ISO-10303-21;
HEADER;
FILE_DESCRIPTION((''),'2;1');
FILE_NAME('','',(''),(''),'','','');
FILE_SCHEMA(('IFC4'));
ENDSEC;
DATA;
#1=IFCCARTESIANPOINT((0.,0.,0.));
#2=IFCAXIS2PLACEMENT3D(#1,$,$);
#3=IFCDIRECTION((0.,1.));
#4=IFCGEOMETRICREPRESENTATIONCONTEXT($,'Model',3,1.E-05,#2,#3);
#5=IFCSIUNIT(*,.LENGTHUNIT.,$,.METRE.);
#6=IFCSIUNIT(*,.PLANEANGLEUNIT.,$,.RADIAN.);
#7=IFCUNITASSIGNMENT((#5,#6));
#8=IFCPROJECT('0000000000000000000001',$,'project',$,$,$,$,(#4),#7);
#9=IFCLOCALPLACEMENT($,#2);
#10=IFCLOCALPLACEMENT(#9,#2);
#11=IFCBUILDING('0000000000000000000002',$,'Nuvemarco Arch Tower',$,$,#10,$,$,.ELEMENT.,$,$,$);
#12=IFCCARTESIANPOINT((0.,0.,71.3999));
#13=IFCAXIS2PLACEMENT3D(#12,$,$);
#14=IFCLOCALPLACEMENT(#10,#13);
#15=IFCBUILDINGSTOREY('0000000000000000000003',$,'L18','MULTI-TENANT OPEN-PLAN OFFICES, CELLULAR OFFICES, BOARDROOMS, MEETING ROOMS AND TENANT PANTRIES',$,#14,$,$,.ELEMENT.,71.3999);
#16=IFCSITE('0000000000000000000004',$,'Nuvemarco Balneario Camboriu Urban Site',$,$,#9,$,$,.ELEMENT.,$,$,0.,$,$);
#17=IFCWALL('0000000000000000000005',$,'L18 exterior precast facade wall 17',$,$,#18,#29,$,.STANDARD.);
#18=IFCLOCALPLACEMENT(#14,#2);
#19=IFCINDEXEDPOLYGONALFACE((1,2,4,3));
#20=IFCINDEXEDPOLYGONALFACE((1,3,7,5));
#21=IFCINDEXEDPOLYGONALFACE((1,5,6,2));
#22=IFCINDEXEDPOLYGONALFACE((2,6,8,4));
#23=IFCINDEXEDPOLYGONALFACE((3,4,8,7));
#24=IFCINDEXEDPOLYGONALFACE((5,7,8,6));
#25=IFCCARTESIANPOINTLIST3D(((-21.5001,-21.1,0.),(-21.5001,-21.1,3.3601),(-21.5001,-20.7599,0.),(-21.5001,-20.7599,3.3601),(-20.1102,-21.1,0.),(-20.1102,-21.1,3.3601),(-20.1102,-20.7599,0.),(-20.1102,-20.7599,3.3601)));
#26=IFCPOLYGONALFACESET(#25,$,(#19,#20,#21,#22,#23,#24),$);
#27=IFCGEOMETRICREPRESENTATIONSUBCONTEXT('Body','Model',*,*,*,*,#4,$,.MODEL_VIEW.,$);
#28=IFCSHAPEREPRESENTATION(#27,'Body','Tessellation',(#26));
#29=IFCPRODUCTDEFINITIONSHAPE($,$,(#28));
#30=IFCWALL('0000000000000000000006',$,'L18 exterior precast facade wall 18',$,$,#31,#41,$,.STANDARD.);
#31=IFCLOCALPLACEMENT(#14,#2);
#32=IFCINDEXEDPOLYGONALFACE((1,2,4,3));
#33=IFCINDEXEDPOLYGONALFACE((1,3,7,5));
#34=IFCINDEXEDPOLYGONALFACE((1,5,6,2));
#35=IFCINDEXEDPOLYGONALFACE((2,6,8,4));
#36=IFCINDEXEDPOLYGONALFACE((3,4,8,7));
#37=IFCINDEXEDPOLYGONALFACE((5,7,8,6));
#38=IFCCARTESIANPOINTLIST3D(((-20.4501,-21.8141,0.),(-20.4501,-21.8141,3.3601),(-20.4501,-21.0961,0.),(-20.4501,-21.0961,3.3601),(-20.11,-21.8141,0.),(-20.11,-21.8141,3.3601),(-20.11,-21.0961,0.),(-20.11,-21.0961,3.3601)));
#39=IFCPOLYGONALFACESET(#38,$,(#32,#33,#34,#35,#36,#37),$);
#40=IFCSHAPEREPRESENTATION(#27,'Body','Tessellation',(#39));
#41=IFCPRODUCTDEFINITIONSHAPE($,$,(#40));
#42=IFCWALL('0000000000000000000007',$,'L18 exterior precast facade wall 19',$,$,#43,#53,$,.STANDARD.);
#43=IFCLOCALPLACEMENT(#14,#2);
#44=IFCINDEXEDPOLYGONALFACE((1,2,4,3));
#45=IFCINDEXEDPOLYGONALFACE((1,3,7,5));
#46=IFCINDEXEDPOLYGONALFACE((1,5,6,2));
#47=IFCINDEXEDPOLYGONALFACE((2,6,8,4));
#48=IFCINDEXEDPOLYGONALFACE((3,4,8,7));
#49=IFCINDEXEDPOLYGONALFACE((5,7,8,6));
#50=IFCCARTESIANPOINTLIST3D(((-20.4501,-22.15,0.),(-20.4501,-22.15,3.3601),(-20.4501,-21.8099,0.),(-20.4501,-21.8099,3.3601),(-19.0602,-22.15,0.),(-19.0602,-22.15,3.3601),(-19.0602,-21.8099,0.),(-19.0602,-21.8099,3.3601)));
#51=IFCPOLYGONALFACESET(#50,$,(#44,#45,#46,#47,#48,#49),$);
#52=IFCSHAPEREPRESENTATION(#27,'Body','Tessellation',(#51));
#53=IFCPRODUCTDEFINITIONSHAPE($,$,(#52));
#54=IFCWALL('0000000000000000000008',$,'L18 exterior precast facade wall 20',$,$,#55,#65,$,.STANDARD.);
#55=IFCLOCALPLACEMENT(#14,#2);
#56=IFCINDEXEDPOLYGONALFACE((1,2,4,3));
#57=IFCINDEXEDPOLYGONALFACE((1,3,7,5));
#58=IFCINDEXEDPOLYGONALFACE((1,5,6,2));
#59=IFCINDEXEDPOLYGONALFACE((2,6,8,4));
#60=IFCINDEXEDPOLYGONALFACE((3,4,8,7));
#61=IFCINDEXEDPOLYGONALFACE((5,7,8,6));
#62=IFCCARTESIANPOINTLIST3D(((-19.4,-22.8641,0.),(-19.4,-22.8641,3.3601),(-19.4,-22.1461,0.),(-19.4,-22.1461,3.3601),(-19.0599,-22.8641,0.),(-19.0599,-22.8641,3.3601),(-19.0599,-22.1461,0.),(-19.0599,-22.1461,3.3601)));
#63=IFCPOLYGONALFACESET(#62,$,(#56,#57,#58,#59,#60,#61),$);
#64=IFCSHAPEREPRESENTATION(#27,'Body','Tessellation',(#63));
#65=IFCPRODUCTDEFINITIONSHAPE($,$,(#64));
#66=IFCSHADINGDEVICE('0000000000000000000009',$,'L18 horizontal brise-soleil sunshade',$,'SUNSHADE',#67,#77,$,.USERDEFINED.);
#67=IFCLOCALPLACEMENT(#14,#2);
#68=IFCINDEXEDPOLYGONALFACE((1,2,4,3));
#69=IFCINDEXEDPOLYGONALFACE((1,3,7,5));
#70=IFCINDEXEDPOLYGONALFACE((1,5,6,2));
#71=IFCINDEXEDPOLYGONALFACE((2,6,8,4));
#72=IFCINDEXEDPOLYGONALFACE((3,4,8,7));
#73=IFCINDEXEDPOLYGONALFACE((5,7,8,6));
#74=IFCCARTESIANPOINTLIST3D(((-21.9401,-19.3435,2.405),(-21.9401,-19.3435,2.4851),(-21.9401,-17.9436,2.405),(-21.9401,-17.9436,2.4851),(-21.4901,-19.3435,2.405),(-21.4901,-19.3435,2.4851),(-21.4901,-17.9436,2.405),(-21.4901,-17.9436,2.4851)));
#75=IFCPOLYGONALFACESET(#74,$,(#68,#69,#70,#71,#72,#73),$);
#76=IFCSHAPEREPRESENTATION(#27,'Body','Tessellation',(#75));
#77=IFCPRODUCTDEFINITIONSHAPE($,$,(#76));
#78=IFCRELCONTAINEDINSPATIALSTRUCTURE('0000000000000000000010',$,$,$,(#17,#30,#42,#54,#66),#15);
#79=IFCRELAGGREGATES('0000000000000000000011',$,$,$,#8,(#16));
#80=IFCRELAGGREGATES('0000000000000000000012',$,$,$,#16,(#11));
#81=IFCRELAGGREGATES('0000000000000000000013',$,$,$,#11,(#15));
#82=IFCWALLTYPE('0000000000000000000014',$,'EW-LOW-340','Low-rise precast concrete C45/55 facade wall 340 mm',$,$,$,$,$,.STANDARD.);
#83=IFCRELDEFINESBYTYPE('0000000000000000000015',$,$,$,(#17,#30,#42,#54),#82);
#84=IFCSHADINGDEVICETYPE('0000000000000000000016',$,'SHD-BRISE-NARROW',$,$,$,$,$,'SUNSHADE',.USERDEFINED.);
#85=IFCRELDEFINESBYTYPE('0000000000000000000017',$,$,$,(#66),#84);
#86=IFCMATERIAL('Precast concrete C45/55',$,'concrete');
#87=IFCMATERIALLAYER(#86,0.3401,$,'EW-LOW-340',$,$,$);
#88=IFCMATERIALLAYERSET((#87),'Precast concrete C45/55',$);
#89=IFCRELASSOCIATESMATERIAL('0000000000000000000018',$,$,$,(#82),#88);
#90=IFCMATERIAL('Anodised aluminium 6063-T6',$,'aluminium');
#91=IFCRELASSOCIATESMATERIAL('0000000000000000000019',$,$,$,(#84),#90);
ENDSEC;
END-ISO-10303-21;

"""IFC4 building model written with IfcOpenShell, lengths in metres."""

from ifc_helpers import new_model, si_unit, direction, frame, frame_2d, origin, origin_2d, place, context, subcontext, project, spatial, rectangle, extrude, source, transform, mapped, material, layer, layer_set, type_object, type_shapes, element, save


model = new_model("IFC4")

# Units and contexts
model_context = context("Model", 3, precision=1e-05, world=origin(), true_north=direction((0.0, 1.0)))
body_context = subcontext(model_context, "Body", "Model", "MODEL_VIEW")
ifc_project = project(units=[si_unit("LENGTHUNIT", "METRE"), si_unit("PLANEANGLEUNIT", "RADIAN")], contexts=[model_context])

# Site, building, storey
site_placement = place(None, origin())
site = spatial("IfcSite", under=ifc_project, at=site_placement, Name="Nuvemarco Balneario Camboriu Urban Site", CompositionType="ELEMENT", RefElevation=0.0)
building_placement = place(site_placement, origin())
building = spatial("IfcBuilding", under=site, at=building_placement, Name="Nuvemarco Arch Tower", CompositionType="ELEMENT")
storey_placement = place(building_placement, frame((0.0, 0.0, 71.3999)))
storey = spatial("IfcBuildingStorey", under=building, at=storey_placement, Name="L18", Description="MULTI-TENANT OPEN-PLAN OFFICES, CELLULAR OFFICES, BOARDROOMS, MEETING ROOMS AND TENANT PANTRIES", CompositionType="ELEMENT", Elevation=71.3999)

# Shared definitions
ifc_material_1 = material(Name="Precast concrete C45/55", Category="concrete")

# Shared definitions
ifc_layer = layer(ifc_material_1, 0.3401, Name="EW-LOW-340")
ifc_layer_set = layer_set([ifc_layer], Name="Precast concrete C45/55")
wall_type = type_object("IfcWallType", Name="EW-LOW-340", Description="Low-rise precast concrete C45/55 facade wall 340 mm", PredefinedType="STANDARD", material=ifc_layer_set)

# Walls
wall_1_placement = place(storey_placement, frame((-21.5, -20.9299, 0.0), z_axis=(0.0, 0.0, 1.0), x_axis=(1.0, 0.0, 0.0)))
element("IfcWall", 1, at=wall_1_placement, inside=storey, type_object=wall_type, Name="L18 exterior precast facade wall 17", PredefinedType="STANDARD", context=body_context, shape_type="SweptSolid", body=[
    extrude(rectangle(XDim=1.3899, YDim=0.3401, at=frame_2d((0.6948, 0.0))), origin(), (0.0, 0.0, 1.0), 3.3601),
])
wall_2_placement = place(storey_placement, frame((-20.28, -21.814, 0.0), z_axis=(0.0, 0.0, 1.0), x_axis=(0.0, 1.0, 0.0)))
element("IfcWall", 2, at=wall_2_placement, inside=storey, type_object=wall_type, Name="L18 exterior precast facade wall 18", PredefinedType="STANDARD", context=body_context, shape_type="SweptSolid", body=[
    extrude(rectangle(XDim=0.718, YDim=0.3401, at=frame_2d((0.3589, 0.0))), origin(), (0.0, 0.0, 1.0), 3.3601),
])
wall_3_placement = place(storey_placement, frame((-20.45, -21.98, 0.0), z_axis=(0.0, 0.0, 1.0), x_axis=(1.0, 0.0, 0.0)))
element("IfcWall", 3, at=wall_3_placement, inside=storey, type_object=wall_type, Name="L18 exterior precast facade wall 19", PredefinedType="STANDARD", context=body_context, shape_type="SweptSolid", body=[
    extrude(rectangle(XDim=1.3899, YDim=0.3401, at=frame_2d((0.6948, 0.0))), origin(), (0.0, 0.0, 1.0), 3.3601),
])
wall_4_placement = place(storey_placement, frame((-19.23, -22.864, 0.0), z_axis=(0.0, 0.0, 1.0), x_axis=(0.0, 1.0, 0.0)))
element("IfcWall", 4, at=wall_4_placement, inside=storey, type_object=wall_type, Name="L18 exterior precast facade wall 20", PredefinedType="STANDARD", context=body_context, shape_type="SweptSolid", body=[
    extrude(rectangle(XDim=0.718, YDim=0.3401, at=frame_2d((0.3589, 0.0))), origin(), (0.0, 0.0, 1.0), 3.3601),
])

# Shading device
ifc_material_2 = material(Name="Anodised aluminium 6063-T6", Category="aluminium")
shading_device_type = type_object("IfcShadingDeviceType", Name="SHD-BRISE-NARROW", ElementType="SUNSHADE", PredefinedType="USERDEFINED", material=ifc_material_2)
shared_shape_1 = source(origin(), body_context, "Body", "SweptSolid", [
    extrude(rectangle(XDim=1.3999, YDim=0.45, at=origin_2d()), origin(), (0.0, 0.0, 1.0), 0.0801),
])
type_shapes(shading_device_type, [shared_shape_1])
shading_device_placement = place(storey_placement, frame((-21.7151, -18.6436, 2.405), z_axis=(0.0, 0.0, 1.0), x_axis=(0.0, 1.0, 0.0)))
element("IfcShadingDevice", 5, at=shading_device_placement, inside=storey, type_object=shading_device_type, Name="L18 horizontal brise-soleil sunshade", ObjectType="SUNSHADE", PredefinedType="USERDEFINED", context=body_context, shape_type="MappedRepresentation", body=[
    mapped(shared_shape_1, transform((0.0, 0.0, 0.0), scale=1.0)),
])

save(model, "model.ifc")
